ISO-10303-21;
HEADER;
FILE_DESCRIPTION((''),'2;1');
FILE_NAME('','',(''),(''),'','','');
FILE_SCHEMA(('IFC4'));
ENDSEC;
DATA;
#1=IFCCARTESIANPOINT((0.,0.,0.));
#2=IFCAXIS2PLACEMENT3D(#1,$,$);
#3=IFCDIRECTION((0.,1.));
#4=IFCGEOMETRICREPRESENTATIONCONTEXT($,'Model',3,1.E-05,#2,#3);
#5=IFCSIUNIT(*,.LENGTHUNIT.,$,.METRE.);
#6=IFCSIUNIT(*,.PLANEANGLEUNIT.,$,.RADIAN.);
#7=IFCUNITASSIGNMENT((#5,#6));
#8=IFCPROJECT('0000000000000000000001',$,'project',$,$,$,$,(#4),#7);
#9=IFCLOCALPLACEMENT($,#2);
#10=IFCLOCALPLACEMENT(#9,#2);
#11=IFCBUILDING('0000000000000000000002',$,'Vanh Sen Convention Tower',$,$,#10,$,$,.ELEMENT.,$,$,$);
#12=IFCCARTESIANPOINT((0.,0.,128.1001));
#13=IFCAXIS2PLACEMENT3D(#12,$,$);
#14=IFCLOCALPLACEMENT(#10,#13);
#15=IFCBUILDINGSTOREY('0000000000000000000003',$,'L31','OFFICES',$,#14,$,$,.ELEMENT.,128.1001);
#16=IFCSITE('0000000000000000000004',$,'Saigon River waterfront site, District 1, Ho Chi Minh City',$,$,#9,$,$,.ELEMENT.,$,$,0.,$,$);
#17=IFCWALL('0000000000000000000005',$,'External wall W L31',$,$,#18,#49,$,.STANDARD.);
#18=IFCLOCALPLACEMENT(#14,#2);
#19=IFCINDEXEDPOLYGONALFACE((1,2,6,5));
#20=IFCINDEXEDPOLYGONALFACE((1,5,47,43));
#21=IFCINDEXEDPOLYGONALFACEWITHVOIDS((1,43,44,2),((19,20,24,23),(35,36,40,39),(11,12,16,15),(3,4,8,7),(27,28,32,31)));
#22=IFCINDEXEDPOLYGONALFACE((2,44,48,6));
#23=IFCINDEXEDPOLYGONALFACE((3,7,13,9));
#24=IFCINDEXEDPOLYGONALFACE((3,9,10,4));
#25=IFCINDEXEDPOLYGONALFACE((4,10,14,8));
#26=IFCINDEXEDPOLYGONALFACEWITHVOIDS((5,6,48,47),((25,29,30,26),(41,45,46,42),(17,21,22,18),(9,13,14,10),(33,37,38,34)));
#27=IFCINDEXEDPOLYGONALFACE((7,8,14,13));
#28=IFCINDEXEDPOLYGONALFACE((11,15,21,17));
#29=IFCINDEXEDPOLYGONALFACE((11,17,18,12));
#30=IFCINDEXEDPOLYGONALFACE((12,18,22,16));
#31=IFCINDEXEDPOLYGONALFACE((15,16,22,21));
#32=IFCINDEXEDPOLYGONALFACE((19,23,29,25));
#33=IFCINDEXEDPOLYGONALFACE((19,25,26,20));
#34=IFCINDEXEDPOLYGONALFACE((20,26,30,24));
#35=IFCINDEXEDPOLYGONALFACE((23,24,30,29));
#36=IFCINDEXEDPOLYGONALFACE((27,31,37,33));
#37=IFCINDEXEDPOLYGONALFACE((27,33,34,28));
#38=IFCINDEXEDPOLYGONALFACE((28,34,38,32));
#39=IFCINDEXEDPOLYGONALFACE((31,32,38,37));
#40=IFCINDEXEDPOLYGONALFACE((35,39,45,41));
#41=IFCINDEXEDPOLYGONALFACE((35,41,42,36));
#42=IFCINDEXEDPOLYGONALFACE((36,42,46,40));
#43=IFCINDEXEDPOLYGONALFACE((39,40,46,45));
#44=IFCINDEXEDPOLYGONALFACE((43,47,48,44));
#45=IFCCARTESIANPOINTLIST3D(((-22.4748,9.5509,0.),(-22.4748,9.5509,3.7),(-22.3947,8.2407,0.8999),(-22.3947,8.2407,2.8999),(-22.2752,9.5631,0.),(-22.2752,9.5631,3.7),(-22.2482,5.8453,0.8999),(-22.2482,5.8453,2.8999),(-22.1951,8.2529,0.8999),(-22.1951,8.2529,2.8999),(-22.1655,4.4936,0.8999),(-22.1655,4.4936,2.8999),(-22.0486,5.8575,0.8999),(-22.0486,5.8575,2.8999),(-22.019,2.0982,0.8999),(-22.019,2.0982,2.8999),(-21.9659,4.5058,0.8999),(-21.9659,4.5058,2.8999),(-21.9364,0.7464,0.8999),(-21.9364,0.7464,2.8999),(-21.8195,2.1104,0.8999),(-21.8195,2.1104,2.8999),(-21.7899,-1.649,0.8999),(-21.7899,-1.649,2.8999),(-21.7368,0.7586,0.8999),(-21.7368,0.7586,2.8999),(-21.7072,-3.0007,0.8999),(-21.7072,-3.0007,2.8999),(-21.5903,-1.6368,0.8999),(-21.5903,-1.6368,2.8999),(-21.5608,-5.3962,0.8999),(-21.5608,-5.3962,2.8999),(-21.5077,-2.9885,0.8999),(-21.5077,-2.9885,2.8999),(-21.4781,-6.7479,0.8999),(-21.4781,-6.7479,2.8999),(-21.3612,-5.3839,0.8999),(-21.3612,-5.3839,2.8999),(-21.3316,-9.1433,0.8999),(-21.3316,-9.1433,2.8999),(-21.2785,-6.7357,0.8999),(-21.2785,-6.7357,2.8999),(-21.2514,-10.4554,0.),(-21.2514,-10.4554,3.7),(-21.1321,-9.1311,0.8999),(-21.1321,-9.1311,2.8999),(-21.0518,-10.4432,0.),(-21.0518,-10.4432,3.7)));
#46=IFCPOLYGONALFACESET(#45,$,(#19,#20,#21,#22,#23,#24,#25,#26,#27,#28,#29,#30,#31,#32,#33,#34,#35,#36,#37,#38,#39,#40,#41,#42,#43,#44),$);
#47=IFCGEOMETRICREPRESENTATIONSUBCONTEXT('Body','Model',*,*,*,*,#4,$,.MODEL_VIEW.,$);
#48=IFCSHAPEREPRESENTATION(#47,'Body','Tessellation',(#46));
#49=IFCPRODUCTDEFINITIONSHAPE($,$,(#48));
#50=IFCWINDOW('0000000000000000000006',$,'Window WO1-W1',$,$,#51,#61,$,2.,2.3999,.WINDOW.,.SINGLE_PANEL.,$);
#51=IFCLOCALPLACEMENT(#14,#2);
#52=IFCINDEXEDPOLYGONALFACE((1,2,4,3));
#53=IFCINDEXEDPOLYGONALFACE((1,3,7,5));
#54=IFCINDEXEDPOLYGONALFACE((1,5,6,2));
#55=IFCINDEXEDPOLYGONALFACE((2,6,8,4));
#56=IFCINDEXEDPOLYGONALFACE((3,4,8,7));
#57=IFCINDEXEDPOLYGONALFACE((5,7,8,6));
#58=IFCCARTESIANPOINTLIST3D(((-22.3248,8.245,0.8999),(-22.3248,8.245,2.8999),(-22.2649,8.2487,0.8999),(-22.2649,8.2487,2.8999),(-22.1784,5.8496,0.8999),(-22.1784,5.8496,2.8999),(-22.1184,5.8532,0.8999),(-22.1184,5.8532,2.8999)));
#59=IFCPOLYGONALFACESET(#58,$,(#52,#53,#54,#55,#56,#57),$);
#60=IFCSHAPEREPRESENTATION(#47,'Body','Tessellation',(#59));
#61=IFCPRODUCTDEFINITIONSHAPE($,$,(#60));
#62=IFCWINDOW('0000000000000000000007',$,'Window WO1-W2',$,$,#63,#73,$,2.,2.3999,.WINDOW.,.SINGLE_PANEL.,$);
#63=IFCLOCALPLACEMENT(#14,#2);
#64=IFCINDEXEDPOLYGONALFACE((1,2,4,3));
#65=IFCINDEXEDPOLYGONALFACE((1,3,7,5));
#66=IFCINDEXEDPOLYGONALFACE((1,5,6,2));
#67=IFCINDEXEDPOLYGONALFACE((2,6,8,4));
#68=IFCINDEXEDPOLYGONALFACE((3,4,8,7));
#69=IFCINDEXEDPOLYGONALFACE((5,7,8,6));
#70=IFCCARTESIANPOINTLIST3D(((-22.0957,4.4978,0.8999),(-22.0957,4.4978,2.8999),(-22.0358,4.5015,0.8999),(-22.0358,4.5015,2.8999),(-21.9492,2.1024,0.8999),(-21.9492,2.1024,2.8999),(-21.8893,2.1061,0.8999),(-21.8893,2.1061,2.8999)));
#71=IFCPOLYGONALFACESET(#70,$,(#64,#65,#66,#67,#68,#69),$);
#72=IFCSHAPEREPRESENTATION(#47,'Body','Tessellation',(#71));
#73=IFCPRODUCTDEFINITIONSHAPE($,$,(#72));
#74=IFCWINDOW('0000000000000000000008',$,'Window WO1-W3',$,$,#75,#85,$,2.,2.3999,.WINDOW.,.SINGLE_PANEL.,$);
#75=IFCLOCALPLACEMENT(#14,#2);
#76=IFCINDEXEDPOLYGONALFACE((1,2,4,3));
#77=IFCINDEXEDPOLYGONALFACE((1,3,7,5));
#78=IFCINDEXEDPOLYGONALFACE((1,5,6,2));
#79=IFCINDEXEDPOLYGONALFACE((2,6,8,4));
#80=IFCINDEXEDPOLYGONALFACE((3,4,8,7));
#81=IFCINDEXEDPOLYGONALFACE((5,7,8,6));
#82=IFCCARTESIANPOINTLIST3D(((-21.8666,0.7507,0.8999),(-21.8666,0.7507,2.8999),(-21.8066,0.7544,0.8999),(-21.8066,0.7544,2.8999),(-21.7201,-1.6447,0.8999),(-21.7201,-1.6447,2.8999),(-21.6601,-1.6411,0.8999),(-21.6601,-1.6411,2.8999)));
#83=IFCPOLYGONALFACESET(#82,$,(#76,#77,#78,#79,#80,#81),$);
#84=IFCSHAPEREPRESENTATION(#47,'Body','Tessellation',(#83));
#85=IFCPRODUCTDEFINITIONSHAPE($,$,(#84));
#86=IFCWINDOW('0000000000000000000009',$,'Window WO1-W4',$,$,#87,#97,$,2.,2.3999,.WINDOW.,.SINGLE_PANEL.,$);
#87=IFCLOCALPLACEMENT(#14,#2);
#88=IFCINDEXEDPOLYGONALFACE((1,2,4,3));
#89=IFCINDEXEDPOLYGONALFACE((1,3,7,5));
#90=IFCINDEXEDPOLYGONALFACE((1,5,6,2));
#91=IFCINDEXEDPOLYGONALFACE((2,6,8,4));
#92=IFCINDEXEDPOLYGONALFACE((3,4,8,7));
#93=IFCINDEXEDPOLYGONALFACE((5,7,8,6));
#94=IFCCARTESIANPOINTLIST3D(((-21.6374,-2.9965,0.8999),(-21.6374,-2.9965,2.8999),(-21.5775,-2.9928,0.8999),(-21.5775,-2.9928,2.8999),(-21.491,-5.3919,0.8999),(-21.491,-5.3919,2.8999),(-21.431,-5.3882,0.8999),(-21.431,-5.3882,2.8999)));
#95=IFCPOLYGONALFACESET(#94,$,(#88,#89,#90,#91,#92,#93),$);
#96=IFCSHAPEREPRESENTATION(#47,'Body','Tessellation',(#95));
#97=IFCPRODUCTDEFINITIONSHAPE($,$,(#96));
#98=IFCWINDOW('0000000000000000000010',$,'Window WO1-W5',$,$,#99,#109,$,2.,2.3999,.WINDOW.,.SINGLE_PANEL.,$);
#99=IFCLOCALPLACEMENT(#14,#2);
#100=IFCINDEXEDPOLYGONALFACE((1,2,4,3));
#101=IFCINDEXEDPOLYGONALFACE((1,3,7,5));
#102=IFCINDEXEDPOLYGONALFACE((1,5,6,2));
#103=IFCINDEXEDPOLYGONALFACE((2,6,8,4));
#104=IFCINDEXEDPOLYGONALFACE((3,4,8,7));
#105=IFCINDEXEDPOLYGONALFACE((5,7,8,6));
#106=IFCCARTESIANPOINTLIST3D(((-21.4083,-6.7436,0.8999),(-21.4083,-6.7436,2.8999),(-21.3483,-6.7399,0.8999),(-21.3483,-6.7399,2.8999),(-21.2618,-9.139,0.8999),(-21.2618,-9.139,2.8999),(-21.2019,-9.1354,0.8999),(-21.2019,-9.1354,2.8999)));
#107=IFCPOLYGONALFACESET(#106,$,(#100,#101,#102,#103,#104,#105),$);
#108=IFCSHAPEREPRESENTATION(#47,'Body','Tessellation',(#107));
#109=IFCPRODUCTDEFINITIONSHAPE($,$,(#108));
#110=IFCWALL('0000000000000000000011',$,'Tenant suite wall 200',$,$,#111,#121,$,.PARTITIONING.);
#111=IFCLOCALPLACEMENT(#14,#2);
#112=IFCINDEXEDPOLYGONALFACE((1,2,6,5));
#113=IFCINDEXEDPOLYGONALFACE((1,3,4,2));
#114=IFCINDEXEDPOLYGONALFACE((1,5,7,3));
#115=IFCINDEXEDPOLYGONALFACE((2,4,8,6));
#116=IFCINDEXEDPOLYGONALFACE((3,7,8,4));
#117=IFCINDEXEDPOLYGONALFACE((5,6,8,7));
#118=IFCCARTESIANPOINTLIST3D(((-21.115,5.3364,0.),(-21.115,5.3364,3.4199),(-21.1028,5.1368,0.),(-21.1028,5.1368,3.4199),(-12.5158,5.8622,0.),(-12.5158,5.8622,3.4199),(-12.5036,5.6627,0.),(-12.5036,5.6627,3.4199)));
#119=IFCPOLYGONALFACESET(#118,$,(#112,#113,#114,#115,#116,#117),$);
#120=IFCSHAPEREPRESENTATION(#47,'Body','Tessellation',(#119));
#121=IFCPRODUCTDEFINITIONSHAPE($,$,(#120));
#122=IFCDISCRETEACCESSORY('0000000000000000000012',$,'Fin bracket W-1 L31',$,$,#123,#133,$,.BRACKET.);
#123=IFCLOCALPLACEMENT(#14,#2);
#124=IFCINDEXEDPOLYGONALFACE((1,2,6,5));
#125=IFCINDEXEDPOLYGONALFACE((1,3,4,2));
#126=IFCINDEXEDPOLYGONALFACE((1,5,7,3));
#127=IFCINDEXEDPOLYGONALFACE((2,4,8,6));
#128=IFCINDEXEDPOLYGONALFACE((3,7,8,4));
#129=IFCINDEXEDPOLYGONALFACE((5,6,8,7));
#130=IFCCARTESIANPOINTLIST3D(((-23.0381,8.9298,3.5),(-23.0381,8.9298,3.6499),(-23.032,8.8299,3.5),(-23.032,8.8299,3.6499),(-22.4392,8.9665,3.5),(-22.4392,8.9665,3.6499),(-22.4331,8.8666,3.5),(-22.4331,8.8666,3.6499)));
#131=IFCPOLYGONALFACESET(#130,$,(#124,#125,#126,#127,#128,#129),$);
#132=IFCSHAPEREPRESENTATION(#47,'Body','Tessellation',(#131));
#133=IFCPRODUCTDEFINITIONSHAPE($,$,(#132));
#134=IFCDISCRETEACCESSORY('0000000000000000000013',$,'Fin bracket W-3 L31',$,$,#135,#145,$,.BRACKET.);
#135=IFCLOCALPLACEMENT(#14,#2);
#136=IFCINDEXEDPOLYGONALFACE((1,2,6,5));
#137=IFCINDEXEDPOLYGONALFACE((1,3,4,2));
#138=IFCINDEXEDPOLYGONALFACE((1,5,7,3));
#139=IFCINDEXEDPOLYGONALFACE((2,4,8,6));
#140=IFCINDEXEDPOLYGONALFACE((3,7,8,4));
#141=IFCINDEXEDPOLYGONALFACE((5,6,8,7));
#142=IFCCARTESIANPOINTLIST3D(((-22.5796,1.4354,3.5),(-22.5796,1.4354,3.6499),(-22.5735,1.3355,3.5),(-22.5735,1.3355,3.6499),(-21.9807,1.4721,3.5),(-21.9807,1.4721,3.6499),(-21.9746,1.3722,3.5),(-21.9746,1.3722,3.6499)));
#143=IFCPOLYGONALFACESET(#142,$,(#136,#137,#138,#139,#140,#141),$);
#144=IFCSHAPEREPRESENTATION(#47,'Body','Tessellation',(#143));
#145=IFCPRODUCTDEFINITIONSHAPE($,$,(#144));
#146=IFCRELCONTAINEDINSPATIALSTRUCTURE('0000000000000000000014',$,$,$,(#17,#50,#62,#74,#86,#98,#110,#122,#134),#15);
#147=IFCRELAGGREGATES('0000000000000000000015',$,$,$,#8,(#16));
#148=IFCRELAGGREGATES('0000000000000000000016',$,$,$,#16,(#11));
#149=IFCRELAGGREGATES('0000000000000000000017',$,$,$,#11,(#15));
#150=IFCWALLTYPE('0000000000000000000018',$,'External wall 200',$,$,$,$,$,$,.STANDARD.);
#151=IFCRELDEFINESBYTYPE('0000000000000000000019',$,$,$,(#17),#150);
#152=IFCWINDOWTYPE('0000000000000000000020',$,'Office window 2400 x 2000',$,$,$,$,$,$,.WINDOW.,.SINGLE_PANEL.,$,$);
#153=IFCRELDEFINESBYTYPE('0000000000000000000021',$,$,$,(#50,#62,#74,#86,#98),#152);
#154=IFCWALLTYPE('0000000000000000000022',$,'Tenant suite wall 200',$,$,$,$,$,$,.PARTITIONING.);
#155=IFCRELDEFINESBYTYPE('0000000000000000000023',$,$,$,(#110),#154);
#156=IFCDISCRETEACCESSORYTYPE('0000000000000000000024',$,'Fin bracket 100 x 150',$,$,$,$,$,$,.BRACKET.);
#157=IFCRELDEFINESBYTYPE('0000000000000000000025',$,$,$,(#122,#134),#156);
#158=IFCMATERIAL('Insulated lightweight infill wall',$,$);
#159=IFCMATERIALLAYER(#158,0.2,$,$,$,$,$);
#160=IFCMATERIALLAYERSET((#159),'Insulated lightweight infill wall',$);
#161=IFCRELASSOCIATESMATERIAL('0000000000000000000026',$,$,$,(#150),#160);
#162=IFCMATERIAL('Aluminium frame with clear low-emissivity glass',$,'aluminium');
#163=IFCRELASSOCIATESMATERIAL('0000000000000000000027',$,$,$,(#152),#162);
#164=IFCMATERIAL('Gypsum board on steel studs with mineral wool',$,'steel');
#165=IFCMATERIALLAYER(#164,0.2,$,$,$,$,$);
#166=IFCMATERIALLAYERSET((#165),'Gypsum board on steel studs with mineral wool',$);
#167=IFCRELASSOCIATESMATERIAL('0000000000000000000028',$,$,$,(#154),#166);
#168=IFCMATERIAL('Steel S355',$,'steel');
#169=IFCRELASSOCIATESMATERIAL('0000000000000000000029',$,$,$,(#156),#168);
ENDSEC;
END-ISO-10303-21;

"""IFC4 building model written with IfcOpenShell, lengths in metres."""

from ifc_helpers import new_model, si_unit, direction, frame, frame_2d, origin, origin_2d, place, context, subcontext, project, spatial, rectangle, extrude, material, layer, layer_set, type_object, element, fill, save


model = new_model("IFC4")

# Units and contexts
model_context = context("Model", 3, precision=1e-05, world=origin(), true_north=direction((0.0, 1.0)))
body_context = subcontext(model_context, "Body", "Model", "MODEL_VIEW")
ifc_project = project(units=[si_unit("LENGTHUNIT", "METRE"), si_unit("PLANEANGLEUNIT", "RADIAN")], contexts=[model_context])

# Site, building, storey
site_placement = place(None, origin())
site = spatial("IfcSite", under=ifc_project, at=site_placement, Name="Saigon River waterfront site, District 1, Ho Chi Minh City", CompositionType="ELEMENT", RefElevation=0.0)
building_placement = place(site_placement, origin())
building = spatial("IfcBuilding", under=site, at=building_placement, Name="Vanh Sen Convention Tower", CompositionType="ELEMENT")
storey_placement = place(building_placement, frame((0.0, 0.0, 128.1001)))
storey = spatial("IfcBuildingStorey", under=building, at=storey_placement, Name="L31", Description="OFFICES", CompositionType="ELEMENT", Elevation=128.1001)

# Wall, openings, windows
ifc_material_1 = material(Name="Insulated lightweight infill wall")
ifc_layer_1 = layer(ifc_material_1, 0.2)
ifc_layer_set_1 = layer_set([ifc_layer_1], Name="Insulated lightweight infill wall")
wall_type_1 = type_object("IfcWallType", Name="External wall 200", PredefinedType="STANDARD", material=ifc_layer_set_1)
wall_1_placement = place(storey_placement, frame((-22.375, 9.5571, 0.0), z_axis=(0.0, 0.0, 1.0), x_axis=(0.061036, -0.998136, 0.0)))
wall_1 = element("IfcWall", 1, at=wall_1_placement, inside=storey, type_object=wall_type_1, Name="External wall W L31", PredefinedType="STANDARD", context=body_context, shape_type="SweptSolid", body=[
    extrude(rectangle(XDim=20.0437, YDim=0.2, at=frame_2d((10.022, 0.0))), origin(), (0.0, 0.0, 1.0), 3.7),
])
opening_1_placement = place(wall_1_placement, frame((1.3127, 0.0, 0.8999)))
opening_1 = element("IfcOpeningElement", 2, at=opening_1_placement, cuts=wall_1, PredefinedType="OPENING", context=body_context, shape_type="SweptSolid", body=[
    extrude(rectangle(XDim=2.3999, YDim=2.0, at=frame_2d((1.2, 1.0))), frame((0.0, 0.1099, 0.0), z_axis=(0.0, -1.0, 0.0), x_axis=(1.0, 0.0, 0.0)), (0.0, 0.0, 1.0), 0.22),
])
opening_2_placement = place(wall_1_placement, frame((5.0669, 0.0, 0.8999)))
opening_2 = element("IfcOpeningElement", 3, at=opening_2_placement, cuts=wall_1, PredefinedType="OPENING", context=body_context, shape_type="SweptSolid", body=[
    extrude(rectangle(XDim=2.3999, YDim=2.0, at=frame_2d((1.2, 1.0))), frame((0.0, 0.1099, 0.0), z_axis=(0.0, -1.0, 0.0), x_axis=(1.0, 0.0, 0.0)), (0.0, 0.0, 1.0), 0.22),
])
opening_3_placement = place(wall_1_placement, frame((8.821, 0.0, 0.8999)))
opening_3 = element("IfcOpeningElement", 4, at=opening_3_placement, cuts=wall_1, PredefinedType="OPENING", context=body_context, shape_type="SweptSolid", body=[
    extrude(rectangle(XDim=2.3999, YDim=2.0, at=frame_2d((1.2, 1.0))), frame((0.0, 0.1099, 0.0), z_axis=(0.0, -1.0, 0.0), x_axis=(1.0, 0.0, 0.0)), (0.0, 0.0, 1.0), 0.22),
])
opening_4_placement = place(wall_1_placement, frame((12.5752, 0.0, 0.8999)))
opening_4 = element("IfcOpeningElement", 5, at=opening_4_placement, cuts=wall_1, PredefinedType="OPENING", context=body_context, shape_type="SweptSolid", body=[
    extrude(rectangle(XDim=2.3999, YDim=2.0, at=frame_2d((1.2, 1.0))), frame((0.0, 0.1099, 0.0), z_axis=(0.0, -1.0, 0.0), x_axis=(1.0, 0.0, 0.0)), (0.0, 0.0, 1.0), 0.22),
])
opening_5_placement = place(wall_1_placement, frame((16.3293, 0.0, 0.8999)))
opening_5 = element("IfcOpeningElement", 6, at=opening_5_placement, cuts=wall_1, PredefinedType="OPENING", context=body_context, shape_type="SweptSolid", body=[
    extrude(rectangle(XDim=2.3999, YDim=2.0, at=frame_2d((1.2, 1.0))), frame((0.0, 0.1099, 0.0), z_axis=(0.0, -1.0, 0.0), x_axis=(1.0, 0.0, 0.0)), (0.0, 0.0, 1.0), 0.22),
])
ifc_material_2 = material(Name="Aluminium frame with clear low-emissivity glass", Category="aluminium")
window_type = type_object("IfcWindowType", Name="Office window 2400 x 2000", PartitioningType="SINGLE_PANEL", PredefinedType="WINDOW", material=ifc_material_2)
window_1_placement = place(opening_1_placement, origin())
window_1 = element("IfcWindow", 7, at=window_1_placement, inside=storey, type_object=window_type, Name="Window WO1-W1", OverallHeight=2.0, OverallWidth=2.3999, PartitioningType="SINGLE_PANEL", PredefinedType="WINDOW", context=body_context, shape_type="SweptSolid", body=[
    extrude(rectangle(XDim=2.3999, YDim=2.0, at=frame_2d((1.2, 1.0))), frame((0.0, 0.03, 0.0), z_axis=(0.0, -1.0, 0.0), x_axis=(1.0, 0.0, 0.0)), (0.0, 0.0, 1.0), 0.0601),
])
fill(opening_1, window_1)
window_2_placement = place(opening_2_placement, origin())
window_2 = element("IfcWindow", 8, at=window_2_placement, inside=storey, type_object=window_type, Name="Window WO1-W2", OverallHeight=2.0, OverallWidth=2.3999, PartitioningType="SINGLE_PANEL", PredefinedType="WINDOW", context=body_context, shape_type="SweptSolid", body=[
    extrude(rectangle(XDim=2.3999, YDim=2.0, at=frame_2d((1.2, 1.0))), frame((0.0, 0.03, 0.0), z_axis=(0.0, -1.0, 0.0), x_axis=(1.0, 0.0, 0.0)), (0.0, 0.0, 1.0), 0.0601),
])
fill(opening_2, window_2)
window_3_placement = place(opening_3_placement, origin())
window_3 = element("IfcWindow", 9, at=window_3_placement, inside=storey, type_object=window_type, Name="Window WO1-W3", OverallHeight=2.0, OverallWidth=2.3999, PartitioningType="SINGLE_PANEL", PredefinedType="WINDOW", context=body_context, shape_type="SweptSolid", body=[
    extrude(rectangle(XDim=2.3999, YDim=2.0, at=frame_2d((1.2, 1.0))), frame((0.0, 0.03, 0.0), z_axis=(0.0, -1.0, 0.0), x_axis=(1.0, 0.0, 0.0)), (0.0, 0.0, 1.0), 0.0601),
])
fill(opening_3, window_3)
window_4_placement = place(opening_4_placement, origin())
window_4 = element("IfcWindow", 10, at=window_4_placement, inside=storey, type_object=window_type, Name="Window WO1-W4", OverallHeight=2.0, OverallWidth=2.3999, PartitioningType="SINGLE_PANEL", PredefinedType="WINDOW", context=body_context, shape_type="SweptSolid", body=[
    extrude(rectangle(XDim=2.3999, YDim=2.0, at=frame_2d((1.2, 1.0))), frame((0.0, 0.03, 0.0), z_axis=(0.0, -1.0, 0.0), x_axis=(1.0, 0.0, 0.0)), (0.0, 0.0, 1.0), 0.0601),
])
fill(opening_4, window_4)
window_5_placement = place(opening_5_placement, origin())
window_5 = element("IfcWindow", 11, at=window_5_placement, inside=storey, type_object=window_type, Name="Window WO1-W5", OverallHeight=2.0, OverallWidth=2.3999, PartitioningType="SINGLE_PANEL", PredefinedType="WINDOW", context=body_context, shape_type="SweptSolid", body=[
    extrude(rectangle(XDim=2.3999, YDim=2.0, at=frame_2d((1.2, 1.0))), frame((0.0, 0.03, 0.0), z_axis=(0.0, -1.0, 0.0), x_axis=(1.0, 0.0, 0.0)), (0.0, 0.0, 1.0), 0.0601),
])
fill(opening_5, window_5)

# Wall
ifc_material_3 = material(Name="Gypsum board on steel studs with mineral wool", Category="steel")
ifc_layer_2 = layer(ifc_material_3, 0.2)
ifc_layer_set_2 = layer_set([ifc_layer_2], Name="Gypsum board on steel studs with mineral wool")
wall_type_2 = type_object("IfcWallType", Name="Tenant suite wall 200", PredefinedType="PARTITIONING", material=ifc_layer_set_2)
wall_2_placement = place(storey_placement, frame((-21.1089, 5.2366, 0.0), z_axis=(0.0, 0.0, 1.0), x_axis=(0.998135, 0.061041, 0.0)))
element("IfcWall", 12, at=wall_2_placement, inside=storey, type_object=wall_type_2, Name="Tenant suite wall 200", PredefinedType="PARTITIONING", context=body_context, shape_type="SweptSolid", body=[
    extrude(rectangle(XDim=8.6152, YDim=0.2, at=frame_2d((4.3076, 0.0))), origin(), (0.0, 0.0, 1.0), 3.4199),
])

# Discrete accessories
ifc_material_4 = material(Name="Steel S355", Category="steel")
discrete_accessory_type = type_object("IfcDiscreteAccessoryType", Name="Fin bracket 100 x 150", PredefinedType="BRACKET", material=ifc_material_4)
for number, where, z_axis, x_axis, name in (
    (13, (-22.7356, 8.8982, 3.5), (0.0, 0.0, 1.0), (-0.998135, -0.061049, 0.0), "Fin bracket W-1 L31"),
    (14, (-22.2771, 1.4038, 3.5), (0.0, 0.0, 1.0), (-0.998135, -0.061049, 0.0), "Fin bracket W-3 L31"),
):
    element("IfcDiscreteAccessory", number, at=place(storey_placement, frame(where, z_axis=z_axis, x_axis=x_axis)), inside=storey, type_object=discrete_accessory_type, Name=name, PredefinedType="BRACKET", context=body_context, shape_type="SweptSolid", body=[
        extrude(rectangle(XDim=0.6001, YDim=0.1001, at=origin_2d()), origin(), (0.0, 0.0, 1.0), 0.1499),
    ])

save(model, "model.ifc")
